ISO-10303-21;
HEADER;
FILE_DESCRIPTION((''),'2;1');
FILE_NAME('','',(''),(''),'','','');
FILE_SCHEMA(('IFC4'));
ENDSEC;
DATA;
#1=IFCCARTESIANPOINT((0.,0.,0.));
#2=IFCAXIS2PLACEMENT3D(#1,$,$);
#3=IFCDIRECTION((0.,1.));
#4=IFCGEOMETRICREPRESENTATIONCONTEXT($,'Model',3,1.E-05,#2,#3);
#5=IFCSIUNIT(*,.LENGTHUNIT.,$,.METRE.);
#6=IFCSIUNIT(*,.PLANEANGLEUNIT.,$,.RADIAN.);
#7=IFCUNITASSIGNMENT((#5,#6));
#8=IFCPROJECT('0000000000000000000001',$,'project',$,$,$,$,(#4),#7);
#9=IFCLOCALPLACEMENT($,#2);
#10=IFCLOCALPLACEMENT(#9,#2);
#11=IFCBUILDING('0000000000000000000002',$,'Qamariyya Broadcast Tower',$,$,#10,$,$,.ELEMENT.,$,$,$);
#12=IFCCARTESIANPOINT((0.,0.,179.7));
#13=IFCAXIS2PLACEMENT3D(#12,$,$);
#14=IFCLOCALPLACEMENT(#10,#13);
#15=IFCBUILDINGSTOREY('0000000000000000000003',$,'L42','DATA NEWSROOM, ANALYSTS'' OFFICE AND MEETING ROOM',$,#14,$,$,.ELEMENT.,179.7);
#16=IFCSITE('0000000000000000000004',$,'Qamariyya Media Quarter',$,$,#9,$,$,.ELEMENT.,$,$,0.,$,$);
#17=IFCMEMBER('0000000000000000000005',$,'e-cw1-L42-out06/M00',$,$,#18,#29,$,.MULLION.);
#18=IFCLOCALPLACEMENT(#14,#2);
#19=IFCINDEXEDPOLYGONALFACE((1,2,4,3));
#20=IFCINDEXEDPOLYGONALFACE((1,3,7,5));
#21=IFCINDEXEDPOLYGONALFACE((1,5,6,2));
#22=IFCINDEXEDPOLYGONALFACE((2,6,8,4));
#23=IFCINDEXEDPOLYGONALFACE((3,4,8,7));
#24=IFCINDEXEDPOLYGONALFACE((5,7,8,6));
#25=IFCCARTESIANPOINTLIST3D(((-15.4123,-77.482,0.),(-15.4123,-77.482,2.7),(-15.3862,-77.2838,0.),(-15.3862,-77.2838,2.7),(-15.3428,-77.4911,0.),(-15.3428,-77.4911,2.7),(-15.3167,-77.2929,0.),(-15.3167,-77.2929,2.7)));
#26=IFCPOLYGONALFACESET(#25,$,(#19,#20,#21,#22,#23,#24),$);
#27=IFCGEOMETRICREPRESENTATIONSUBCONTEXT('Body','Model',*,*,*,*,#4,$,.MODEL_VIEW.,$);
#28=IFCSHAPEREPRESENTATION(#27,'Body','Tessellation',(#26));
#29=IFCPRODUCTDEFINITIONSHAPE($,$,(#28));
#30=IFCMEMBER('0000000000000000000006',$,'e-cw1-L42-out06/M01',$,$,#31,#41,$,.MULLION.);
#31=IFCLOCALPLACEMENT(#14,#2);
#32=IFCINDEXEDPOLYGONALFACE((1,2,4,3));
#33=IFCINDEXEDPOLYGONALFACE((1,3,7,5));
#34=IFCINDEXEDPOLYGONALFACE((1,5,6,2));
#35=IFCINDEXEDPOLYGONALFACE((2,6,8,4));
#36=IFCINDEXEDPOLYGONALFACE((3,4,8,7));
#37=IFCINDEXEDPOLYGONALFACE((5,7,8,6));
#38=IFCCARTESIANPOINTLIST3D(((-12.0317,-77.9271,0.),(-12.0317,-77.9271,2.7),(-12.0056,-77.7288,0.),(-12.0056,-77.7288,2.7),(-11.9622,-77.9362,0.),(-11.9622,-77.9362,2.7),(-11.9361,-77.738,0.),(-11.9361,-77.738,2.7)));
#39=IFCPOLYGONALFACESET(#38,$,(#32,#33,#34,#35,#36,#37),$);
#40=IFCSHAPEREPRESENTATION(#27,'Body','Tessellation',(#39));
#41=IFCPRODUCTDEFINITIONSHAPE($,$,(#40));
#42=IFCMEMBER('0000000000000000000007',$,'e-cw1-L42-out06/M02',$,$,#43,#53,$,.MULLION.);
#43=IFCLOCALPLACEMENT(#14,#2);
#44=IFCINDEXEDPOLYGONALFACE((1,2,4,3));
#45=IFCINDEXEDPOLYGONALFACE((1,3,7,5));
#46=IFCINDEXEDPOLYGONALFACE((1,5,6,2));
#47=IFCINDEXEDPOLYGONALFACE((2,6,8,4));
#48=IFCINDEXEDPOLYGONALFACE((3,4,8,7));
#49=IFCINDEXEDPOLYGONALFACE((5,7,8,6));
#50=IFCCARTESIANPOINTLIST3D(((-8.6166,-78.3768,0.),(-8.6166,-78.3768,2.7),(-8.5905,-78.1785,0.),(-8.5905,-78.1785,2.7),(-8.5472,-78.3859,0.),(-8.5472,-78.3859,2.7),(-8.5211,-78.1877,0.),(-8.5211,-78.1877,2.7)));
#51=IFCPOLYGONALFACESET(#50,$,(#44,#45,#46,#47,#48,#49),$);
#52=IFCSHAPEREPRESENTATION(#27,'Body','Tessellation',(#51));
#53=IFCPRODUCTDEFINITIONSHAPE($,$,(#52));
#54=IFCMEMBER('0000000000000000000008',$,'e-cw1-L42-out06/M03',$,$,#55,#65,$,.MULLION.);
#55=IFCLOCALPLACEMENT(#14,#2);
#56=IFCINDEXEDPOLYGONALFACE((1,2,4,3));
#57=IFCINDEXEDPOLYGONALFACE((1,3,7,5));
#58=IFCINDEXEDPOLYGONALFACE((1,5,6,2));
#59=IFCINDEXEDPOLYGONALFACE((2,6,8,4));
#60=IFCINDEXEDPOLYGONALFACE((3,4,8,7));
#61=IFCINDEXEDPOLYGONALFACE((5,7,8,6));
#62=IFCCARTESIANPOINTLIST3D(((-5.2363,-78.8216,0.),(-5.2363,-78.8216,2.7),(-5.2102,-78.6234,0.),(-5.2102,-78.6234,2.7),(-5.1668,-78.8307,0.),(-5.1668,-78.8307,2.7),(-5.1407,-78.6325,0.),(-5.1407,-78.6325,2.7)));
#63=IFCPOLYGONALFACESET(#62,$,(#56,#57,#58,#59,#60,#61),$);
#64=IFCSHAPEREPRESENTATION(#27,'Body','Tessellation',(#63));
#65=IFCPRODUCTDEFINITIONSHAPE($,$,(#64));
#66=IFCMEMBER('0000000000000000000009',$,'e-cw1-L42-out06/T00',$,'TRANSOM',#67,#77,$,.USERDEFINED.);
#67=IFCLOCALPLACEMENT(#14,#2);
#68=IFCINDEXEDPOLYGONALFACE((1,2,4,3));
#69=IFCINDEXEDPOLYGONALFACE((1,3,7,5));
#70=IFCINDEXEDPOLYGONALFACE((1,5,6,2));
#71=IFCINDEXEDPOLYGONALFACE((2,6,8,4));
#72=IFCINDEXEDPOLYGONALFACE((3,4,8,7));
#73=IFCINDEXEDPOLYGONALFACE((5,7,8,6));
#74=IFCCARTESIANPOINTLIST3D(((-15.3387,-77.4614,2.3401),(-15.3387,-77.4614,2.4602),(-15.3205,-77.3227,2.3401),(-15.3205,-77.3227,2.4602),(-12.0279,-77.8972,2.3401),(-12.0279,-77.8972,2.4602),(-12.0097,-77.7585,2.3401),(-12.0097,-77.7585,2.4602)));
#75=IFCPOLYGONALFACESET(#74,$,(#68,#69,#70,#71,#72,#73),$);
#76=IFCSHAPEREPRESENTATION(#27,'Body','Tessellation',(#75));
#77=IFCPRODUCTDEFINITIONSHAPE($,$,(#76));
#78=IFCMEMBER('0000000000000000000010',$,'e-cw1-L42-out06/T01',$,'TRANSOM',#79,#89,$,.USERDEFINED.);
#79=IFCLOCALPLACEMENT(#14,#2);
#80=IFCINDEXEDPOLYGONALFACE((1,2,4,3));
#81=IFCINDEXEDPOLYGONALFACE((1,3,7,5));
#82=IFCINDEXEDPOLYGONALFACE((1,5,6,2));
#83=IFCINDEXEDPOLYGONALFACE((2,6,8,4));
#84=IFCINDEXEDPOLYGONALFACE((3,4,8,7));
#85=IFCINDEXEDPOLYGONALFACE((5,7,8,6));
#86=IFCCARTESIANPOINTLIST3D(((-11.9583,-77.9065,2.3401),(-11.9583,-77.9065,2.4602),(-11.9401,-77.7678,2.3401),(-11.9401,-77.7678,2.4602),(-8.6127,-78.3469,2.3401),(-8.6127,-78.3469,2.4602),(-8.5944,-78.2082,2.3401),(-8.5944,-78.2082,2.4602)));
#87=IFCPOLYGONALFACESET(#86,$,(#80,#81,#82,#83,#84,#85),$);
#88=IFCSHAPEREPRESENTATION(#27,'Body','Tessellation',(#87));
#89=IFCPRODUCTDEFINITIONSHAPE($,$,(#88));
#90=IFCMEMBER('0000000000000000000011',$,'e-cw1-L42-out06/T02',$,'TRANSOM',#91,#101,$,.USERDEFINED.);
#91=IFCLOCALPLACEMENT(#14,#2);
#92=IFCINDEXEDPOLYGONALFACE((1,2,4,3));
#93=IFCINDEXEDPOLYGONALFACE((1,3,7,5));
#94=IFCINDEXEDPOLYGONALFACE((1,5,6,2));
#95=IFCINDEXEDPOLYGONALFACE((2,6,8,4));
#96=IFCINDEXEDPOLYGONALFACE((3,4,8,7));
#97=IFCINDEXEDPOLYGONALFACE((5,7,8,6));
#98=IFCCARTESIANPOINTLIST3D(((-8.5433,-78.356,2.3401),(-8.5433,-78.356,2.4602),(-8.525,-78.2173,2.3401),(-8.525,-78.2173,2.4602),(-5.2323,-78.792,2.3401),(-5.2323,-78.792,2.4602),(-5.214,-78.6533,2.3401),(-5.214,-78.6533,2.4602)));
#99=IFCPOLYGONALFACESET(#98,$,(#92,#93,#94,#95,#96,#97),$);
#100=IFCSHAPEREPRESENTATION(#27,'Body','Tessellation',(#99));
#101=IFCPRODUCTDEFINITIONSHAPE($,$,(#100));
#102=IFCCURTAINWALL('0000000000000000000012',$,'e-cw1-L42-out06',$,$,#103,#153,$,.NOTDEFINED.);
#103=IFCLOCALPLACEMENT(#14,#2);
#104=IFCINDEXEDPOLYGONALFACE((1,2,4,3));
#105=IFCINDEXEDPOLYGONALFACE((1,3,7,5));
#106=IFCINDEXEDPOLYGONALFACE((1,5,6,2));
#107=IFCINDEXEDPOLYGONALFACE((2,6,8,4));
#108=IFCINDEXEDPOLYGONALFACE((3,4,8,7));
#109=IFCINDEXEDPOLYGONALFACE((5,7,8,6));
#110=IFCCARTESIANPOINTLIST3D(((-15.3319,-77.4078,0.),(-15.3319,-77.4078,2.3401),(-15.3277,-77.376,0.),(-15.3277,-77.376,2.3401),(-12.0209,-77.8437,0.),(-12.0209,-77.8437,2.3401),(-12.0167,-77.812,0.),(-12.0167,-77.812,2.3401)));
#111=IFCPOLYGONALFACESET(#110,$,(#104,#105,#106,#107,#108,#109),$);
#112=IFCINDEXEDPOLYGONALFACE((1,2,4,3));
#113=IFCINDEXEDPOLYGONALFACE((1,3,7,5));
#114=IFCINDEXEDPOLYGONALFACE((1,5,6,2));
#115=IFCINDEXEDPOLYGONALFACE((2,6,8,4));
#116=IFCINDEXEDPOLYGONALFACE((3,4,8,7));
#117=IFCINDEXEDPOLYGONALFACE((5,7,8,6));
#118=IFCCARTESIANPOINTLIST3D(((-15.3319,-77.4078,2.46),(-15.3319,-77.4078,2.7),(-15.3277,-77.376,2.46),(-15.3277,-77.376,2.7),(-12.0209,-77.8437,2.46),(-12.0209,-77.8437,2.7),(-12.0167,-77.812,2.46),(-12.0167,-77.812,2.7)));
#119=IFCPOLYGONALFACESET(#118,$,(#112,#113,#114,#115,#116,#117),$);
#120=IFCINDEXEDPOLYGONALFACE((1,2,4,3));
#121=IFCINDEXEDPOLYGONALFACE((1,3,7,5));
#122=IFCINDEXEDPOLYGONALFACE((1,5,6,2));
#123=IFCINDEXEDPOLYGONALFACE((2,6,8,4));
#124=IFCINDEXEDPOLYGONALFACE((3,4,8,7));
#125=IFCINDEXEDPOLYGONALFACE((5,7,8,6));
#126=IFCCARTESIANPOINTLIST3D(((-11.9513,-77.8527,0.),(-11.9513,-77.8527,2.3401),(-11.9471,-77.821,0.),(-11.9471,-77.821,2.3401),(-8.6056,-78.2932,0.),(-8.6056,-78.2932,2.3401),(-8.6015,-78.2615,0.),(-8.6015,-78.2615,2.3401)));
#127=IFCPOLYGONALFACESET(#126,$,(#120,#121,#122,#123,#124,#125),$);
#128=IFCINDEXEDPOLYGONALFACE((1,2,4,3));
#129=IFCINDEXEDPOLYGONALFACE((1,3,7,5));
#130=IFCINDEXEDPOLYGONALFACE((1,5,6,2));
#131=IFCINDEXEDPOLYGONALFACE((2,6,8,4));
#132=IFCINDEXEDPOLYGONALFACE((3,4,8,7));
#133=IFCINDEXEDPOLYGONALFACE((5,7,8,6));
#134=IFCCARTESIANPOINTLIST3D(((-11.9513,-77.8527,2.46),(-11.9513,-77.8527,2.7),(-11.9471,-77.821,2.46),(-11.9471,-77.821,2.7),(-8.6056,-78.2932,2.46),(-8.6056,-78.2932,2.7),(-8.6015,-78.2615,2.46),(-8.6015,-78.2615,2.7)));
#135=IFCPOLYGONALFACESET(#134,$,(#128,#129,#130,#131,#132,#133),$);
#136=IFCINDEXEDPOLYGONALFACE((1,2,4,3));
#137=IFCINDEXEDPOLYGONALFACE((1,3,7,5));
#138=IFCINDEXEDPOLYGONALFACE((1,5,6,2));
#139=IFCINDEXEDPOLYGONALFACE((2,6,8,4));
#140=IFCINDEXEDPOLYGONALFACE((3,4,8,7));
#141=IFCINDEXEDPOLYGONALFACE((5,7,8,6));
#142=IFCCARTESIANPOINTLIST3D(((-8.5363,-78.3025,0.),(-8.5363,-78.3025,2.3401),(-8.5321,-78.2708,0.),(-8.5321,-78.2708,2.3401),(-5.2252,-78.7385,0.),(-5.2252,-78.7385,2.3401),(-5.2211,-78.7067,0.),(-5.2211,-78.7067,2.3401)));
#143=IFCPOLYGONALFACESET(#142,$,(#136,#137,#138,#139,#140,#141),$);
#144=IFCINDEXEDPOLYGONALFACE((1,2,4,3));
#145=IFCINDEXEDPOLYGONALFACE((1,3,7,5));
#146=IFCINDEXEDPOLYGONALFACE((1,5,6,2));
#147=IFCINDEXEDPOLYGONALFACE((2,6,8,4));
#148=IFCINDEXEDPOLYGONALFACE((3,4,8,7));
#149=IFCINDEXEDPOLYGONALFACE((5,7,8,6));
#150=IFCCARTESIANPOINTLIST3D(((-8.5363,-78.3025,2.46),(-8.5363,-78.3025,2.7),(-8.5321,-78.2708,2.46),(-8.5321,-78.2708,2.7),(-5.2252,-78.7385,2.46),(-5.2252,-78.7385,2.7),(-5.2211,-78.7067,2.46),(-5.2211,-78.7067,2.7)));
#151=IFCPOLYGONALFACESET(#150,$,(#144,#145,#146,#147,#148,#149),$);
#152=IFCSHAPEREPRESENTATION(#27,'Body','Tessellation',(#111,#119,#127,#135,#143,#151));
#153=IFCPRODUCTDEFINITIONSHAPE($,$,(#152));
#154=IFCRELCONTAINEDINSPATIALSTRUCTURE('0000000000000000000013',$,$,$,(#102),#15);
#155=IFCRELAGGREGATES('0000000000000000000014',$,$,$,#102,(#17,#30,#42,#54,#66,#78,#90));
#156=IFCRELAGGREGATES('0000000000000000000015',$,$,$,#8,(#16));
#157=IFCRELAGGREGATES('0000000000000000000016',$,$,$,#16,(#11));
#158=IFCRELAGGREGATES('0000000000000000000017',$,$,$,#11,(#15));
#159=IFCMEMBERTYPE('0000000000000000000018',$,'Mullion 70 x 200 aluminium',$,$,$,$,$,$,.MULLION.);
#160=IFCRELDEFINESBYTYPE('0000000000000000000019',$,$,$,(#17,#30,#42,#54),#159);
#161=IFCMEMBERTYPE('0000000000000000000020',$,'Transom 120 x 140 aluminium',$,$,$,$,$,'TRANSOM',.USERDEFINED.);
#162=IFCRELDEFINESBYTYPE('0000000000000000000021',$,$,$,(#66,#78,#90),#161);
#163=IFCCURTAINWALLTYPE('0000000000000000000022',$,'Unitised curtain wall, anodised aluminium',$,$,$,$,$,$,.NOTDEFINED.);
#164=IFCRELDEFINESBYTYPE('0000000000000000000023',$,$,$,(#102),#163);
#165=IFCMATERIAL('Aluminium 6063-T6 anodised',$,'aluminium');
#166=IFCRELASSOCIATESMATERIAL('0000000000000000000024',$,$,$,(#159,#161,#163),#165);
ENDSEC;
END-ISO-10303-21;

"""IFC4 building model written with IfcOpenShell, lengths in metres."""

from ifc_helpers import new_model, si_unit, direction, frame, origin, origin_2d, place, context, subcontext, project, spatial, rectangle, extrude, material, material_profile, profile_set, type_object, element, aggregate, save


model = new_model("IFC4")

# Units and contexts
model_context = context("Model", 3, precision=1e-05, world=origin(), true_north=direction((0.0, 1.0)))
body_context = subcontext(model_context, "Body", "Model", "MODEL_VIEW")
ifc_project = project(units=[si_unit("LENGTHUNIT", "METRE"), si_unit("PLANEANGLEUNIT", "RADIAN")], contexts=[model_context])

# Members
ifc_material = material(Name="Aluminium 6063-T6 anodised", Category="aluminium")
ifc_material_profile_1 = material_profile(ifc_material, rectangle(XDim=0.2, YDim=0.0701, at=origin_2d()))
ifc_profile_set_1 = profile_set([ifc_material_profile_1], Name="Aluminium 6063-T6 anodised")
member_type_1 = type_object("IfcMemberType", Name="Mullion 70 x 200 aluminium", PredefinedType="MULLION", material=ifc_profile_set_1)
site_placement = place(None, origin())
building_placement = place(site_placement, origin())
storey_placement = place(building_placement, frame((0.0, 0.0, 179.7)))
member_1_placement = place(storey_placement, frame((-15.3645, -77.3875, 0.0), z_axis=(0.0, 0.0, 1.0), x_axis=(0.130526, 0.991445, 0.0)))
member_1 = element("IfcMember", 1, at=member_1_placement, type_object=member_type_1, Name="e-cw1-L42-out06/M00", PredefinedType="MULLION", context=body_context, shape_type="SweptSolid", body=[
    extrude(rectangle(XDim=0.2, YDim=0.0701, at=origin_2d()), origin(), (0.0, 0.0, 1.0), 2.7),
])
member_2_placement = place(storey_placement, frame((-11.9839, -77.8325, 0.0), z_axis=(0.0, 0.0, 1.0), x_axis=(0.130526, 0.991445, 0.0)))
member_2 = element("IfcMember", 2, at=member_2_placement, type_object=member_type_1, Name="e-cw1-L42-out06/M01", PredefinedType="MULLION", context=body_context, shape_type="SweptSolid", body=[
    extrude(rectangle(XDim=0.2, YDim=0.0701, at=origin_2d()), origin(), (0.0, 0.0, 1.0), 2.7),
])
member_3_placement = place(storey_placement, frame((-8.5688, -78.2822, 0.0), z_axis=(0.0, 0.0, 1.0), x_axis=(0.130526, 0.991445, 0.0)))
member_3 = element("IfcMember", 3, at=member_3_placement, type_object=member_type_1, Name="e-cw1-L42-out06/M02", PredefinedType="MULLION", context=body_context, shape_type="SweptSolid", body=[
    extrude(rectangle(XDim=0.2, YDim=0.0701, at=origin_2d()), origin(), (0.0, 0.0, 1.0), 2.7),
])
member_4_placement = place(storey_placement, frame((-5.1885, -78.7271, 0.0), z_axis=(0.0, 0.0, 1.0), x_axis=(0.130526, 0.991445, 0.0)))
member_4 = element("IfcMember", 4, at=member_4_placement, type_object=member_type_1, Name="e-cw1-L42-out06/M03", PredefinedType="MULLION", context=body_context, shape_type="SweptSolid", body=[
    extrude(rectangle(XDim=0.2, YDim=0.0701, at=origin_2d()), origin(), (0.0, 0.0, 1.0), 2.7),
])
ifc_material_profile_2 = material_profile(ifc_material, rectangle(XDim=0.1399, YDim=0.1201, at=origin_2d()))
ifc_profile_set_2 = profile_set([ifc_material_profile_2], Name="Aluminium 6063-T6 anodised")
member_type_2 = type_object("IfcMemberType", Name="Transom 120 x 140 aluminium", ElementType="TRANSOM", PredefinedType="USERDEFINED", material=ifc_profile_set_2)
member_5_placement = place(storey_placement, frame((-15.3296, -77.3921, 2.4001), z_axis=(0.991448, -0.130502, 0.0), x_axis=(0.130502, 0.991448, 0.0)))
member_5 = element("IfcMember", 5, at=member_5_placement, type_object=member_type_2, Name="e-cw1-L42-out06/T00", ObjectType="TRANSOM", PredefinedType="USERDEFINED", context=body_context, shape_type="SweptSolid", body=[
    extrude(rectangle(XDim=0.1399, YDim=0.1201, at=origin_2d()), origin(), (0.0, 0.0, 1.0), 3.3394),
])
member_6_placement = place(storey_placement, frame((-11.9492, -77.8372, 2.4001), z_axis=(0.991446, -0.130514, 0.0), x_axis=(0.130514, 0.991446, 0.0)))
member_6 = element("IfcMember", 6, at=member_6_placement, type_object=member_type_2, Name="e-cw1-L42-out06/T01", ObjectType="TRANSOM", PredefinedType="USERDEFINED", context=body_context, shape_type="SweptSolid", body=[
    extrude(rectangle(XDim=0.1399, YDim=0.1201, at=origin_2d()), origin(), (0.0, 0.0, 1.0), 3.3745),
])
member_7_placement = place(storey_placement, frame((-8.5342, -78.2866, 2.4001), z_axis=(0.99144, -0.130564, 0.0), x_axis=(0.130564, 0.99144, 0.0)))
member_7 = element("IfcMember", 7, at=member_7_placement, type_object=member_type_2, Name="e-cw1-L42-out06/T02", ObjectType="TRANSOM", PredefinedType="USERDEFINED", context=body_context, shape_type="SweptSolid", body=[
    extrude(rectangle(XDim=0.1399, YDim=0.1201, at=origin_2d()), origin(), (0.0, 0.0, 1.0), 3.3396),
])

# Site, building, storey
site = spatial("IfcSite", under=ifc_project, at=site_placement, Name="Qamariyya Media Quarter", CompositionType="ELEMENT", RefElevation=0.0)
building = spatial("IfcBuilding", under=site, at=building_placement, Name="Qamariyya Broadcast Tower", CompositionType="ELEMENT")
storey = spatial("IfcBuildingStorey", under=building, at=storey_placement, Name="L42", Description="DATA NEWSROOM, ANALYSTS' OFFICE AND MEETING ROOM", CompositionType="ELEMENT", Elevation=179.7)

# Curtain wall
curtain_wall_type = type_object("IfcCurtainWallType", Name="Unitised curtain wall, anodised aluminium", PredefinedType="NOTDEFINED", material=ifc_material)
curtain_wall_1_placement = place(storey_placement, origin())
curtain_wall_1 = element("IfcCurtainWall", 8, at=curtain_wall_1_placement, inside=storey, type_object=curtain_wall_type, Name="e-cw1-L42-out06", PredefinedType="NOTDEFINED", context=body_context, shape_type="SweptSolid", body=[
    extrude(rectangle(XDim=3.3396, YDim=0.032, at=origin_2d()), frame((-13.6743, -77.6099, 0.0), x_axis=(0.991444, -0.130531, 0.0)), (0.0, 0.0, 1.0), 2.3401),
    extrude(rectangle(XDim=3.3396, YDim=0.032, at=origin_2d()), frame((-13.6743, -77.6099, 2.46), x_axis=(0.991444, -0.130531, 0.0)), (0.0, 0.0, 1.0), 0.24),
    extrude(rectangle(XDim=3.3745, YDim=0.032, at=origin_2d()), frame((-10.2764, -78.0571, 0.0), x_axis=(0.991444, -0.130531, 0.0)), (0.0, 0.0, 1.0), 2.3401),
    extrude(rectangle(XDim=3.3745, YDim=0.032, at=origin_2d()), frame((-10.2764, -78.0571, 2.46), x_axis=(0.991444, -0.130531, 0.0)), (0.0, 0.0, 1.0), 0.24),
    extrude(rectangle(XDim=3.3396, YDim=0.032, at=origin_2d()), frame((-6.8787, -78.5046, 0.0), x_axis=(0.991444, -0.130531, 0.0)), (0.0, 0.0, 1.0), 2.3401),
    extrude(rectangle(XDim=3.3396, YDim=0.032, at=origin_2d()), frame((-6.8787, -78.5046, 2.46), x_axis=(0.991444, -0.130531, 0.0)), (0.0, 0.0, 1.0), 0.24),
])
aggregate(curtain_wall_1, [member_1, member_2, member_3, member_4, member_5, member_6, member_7])

save(model, "model.ifc")
